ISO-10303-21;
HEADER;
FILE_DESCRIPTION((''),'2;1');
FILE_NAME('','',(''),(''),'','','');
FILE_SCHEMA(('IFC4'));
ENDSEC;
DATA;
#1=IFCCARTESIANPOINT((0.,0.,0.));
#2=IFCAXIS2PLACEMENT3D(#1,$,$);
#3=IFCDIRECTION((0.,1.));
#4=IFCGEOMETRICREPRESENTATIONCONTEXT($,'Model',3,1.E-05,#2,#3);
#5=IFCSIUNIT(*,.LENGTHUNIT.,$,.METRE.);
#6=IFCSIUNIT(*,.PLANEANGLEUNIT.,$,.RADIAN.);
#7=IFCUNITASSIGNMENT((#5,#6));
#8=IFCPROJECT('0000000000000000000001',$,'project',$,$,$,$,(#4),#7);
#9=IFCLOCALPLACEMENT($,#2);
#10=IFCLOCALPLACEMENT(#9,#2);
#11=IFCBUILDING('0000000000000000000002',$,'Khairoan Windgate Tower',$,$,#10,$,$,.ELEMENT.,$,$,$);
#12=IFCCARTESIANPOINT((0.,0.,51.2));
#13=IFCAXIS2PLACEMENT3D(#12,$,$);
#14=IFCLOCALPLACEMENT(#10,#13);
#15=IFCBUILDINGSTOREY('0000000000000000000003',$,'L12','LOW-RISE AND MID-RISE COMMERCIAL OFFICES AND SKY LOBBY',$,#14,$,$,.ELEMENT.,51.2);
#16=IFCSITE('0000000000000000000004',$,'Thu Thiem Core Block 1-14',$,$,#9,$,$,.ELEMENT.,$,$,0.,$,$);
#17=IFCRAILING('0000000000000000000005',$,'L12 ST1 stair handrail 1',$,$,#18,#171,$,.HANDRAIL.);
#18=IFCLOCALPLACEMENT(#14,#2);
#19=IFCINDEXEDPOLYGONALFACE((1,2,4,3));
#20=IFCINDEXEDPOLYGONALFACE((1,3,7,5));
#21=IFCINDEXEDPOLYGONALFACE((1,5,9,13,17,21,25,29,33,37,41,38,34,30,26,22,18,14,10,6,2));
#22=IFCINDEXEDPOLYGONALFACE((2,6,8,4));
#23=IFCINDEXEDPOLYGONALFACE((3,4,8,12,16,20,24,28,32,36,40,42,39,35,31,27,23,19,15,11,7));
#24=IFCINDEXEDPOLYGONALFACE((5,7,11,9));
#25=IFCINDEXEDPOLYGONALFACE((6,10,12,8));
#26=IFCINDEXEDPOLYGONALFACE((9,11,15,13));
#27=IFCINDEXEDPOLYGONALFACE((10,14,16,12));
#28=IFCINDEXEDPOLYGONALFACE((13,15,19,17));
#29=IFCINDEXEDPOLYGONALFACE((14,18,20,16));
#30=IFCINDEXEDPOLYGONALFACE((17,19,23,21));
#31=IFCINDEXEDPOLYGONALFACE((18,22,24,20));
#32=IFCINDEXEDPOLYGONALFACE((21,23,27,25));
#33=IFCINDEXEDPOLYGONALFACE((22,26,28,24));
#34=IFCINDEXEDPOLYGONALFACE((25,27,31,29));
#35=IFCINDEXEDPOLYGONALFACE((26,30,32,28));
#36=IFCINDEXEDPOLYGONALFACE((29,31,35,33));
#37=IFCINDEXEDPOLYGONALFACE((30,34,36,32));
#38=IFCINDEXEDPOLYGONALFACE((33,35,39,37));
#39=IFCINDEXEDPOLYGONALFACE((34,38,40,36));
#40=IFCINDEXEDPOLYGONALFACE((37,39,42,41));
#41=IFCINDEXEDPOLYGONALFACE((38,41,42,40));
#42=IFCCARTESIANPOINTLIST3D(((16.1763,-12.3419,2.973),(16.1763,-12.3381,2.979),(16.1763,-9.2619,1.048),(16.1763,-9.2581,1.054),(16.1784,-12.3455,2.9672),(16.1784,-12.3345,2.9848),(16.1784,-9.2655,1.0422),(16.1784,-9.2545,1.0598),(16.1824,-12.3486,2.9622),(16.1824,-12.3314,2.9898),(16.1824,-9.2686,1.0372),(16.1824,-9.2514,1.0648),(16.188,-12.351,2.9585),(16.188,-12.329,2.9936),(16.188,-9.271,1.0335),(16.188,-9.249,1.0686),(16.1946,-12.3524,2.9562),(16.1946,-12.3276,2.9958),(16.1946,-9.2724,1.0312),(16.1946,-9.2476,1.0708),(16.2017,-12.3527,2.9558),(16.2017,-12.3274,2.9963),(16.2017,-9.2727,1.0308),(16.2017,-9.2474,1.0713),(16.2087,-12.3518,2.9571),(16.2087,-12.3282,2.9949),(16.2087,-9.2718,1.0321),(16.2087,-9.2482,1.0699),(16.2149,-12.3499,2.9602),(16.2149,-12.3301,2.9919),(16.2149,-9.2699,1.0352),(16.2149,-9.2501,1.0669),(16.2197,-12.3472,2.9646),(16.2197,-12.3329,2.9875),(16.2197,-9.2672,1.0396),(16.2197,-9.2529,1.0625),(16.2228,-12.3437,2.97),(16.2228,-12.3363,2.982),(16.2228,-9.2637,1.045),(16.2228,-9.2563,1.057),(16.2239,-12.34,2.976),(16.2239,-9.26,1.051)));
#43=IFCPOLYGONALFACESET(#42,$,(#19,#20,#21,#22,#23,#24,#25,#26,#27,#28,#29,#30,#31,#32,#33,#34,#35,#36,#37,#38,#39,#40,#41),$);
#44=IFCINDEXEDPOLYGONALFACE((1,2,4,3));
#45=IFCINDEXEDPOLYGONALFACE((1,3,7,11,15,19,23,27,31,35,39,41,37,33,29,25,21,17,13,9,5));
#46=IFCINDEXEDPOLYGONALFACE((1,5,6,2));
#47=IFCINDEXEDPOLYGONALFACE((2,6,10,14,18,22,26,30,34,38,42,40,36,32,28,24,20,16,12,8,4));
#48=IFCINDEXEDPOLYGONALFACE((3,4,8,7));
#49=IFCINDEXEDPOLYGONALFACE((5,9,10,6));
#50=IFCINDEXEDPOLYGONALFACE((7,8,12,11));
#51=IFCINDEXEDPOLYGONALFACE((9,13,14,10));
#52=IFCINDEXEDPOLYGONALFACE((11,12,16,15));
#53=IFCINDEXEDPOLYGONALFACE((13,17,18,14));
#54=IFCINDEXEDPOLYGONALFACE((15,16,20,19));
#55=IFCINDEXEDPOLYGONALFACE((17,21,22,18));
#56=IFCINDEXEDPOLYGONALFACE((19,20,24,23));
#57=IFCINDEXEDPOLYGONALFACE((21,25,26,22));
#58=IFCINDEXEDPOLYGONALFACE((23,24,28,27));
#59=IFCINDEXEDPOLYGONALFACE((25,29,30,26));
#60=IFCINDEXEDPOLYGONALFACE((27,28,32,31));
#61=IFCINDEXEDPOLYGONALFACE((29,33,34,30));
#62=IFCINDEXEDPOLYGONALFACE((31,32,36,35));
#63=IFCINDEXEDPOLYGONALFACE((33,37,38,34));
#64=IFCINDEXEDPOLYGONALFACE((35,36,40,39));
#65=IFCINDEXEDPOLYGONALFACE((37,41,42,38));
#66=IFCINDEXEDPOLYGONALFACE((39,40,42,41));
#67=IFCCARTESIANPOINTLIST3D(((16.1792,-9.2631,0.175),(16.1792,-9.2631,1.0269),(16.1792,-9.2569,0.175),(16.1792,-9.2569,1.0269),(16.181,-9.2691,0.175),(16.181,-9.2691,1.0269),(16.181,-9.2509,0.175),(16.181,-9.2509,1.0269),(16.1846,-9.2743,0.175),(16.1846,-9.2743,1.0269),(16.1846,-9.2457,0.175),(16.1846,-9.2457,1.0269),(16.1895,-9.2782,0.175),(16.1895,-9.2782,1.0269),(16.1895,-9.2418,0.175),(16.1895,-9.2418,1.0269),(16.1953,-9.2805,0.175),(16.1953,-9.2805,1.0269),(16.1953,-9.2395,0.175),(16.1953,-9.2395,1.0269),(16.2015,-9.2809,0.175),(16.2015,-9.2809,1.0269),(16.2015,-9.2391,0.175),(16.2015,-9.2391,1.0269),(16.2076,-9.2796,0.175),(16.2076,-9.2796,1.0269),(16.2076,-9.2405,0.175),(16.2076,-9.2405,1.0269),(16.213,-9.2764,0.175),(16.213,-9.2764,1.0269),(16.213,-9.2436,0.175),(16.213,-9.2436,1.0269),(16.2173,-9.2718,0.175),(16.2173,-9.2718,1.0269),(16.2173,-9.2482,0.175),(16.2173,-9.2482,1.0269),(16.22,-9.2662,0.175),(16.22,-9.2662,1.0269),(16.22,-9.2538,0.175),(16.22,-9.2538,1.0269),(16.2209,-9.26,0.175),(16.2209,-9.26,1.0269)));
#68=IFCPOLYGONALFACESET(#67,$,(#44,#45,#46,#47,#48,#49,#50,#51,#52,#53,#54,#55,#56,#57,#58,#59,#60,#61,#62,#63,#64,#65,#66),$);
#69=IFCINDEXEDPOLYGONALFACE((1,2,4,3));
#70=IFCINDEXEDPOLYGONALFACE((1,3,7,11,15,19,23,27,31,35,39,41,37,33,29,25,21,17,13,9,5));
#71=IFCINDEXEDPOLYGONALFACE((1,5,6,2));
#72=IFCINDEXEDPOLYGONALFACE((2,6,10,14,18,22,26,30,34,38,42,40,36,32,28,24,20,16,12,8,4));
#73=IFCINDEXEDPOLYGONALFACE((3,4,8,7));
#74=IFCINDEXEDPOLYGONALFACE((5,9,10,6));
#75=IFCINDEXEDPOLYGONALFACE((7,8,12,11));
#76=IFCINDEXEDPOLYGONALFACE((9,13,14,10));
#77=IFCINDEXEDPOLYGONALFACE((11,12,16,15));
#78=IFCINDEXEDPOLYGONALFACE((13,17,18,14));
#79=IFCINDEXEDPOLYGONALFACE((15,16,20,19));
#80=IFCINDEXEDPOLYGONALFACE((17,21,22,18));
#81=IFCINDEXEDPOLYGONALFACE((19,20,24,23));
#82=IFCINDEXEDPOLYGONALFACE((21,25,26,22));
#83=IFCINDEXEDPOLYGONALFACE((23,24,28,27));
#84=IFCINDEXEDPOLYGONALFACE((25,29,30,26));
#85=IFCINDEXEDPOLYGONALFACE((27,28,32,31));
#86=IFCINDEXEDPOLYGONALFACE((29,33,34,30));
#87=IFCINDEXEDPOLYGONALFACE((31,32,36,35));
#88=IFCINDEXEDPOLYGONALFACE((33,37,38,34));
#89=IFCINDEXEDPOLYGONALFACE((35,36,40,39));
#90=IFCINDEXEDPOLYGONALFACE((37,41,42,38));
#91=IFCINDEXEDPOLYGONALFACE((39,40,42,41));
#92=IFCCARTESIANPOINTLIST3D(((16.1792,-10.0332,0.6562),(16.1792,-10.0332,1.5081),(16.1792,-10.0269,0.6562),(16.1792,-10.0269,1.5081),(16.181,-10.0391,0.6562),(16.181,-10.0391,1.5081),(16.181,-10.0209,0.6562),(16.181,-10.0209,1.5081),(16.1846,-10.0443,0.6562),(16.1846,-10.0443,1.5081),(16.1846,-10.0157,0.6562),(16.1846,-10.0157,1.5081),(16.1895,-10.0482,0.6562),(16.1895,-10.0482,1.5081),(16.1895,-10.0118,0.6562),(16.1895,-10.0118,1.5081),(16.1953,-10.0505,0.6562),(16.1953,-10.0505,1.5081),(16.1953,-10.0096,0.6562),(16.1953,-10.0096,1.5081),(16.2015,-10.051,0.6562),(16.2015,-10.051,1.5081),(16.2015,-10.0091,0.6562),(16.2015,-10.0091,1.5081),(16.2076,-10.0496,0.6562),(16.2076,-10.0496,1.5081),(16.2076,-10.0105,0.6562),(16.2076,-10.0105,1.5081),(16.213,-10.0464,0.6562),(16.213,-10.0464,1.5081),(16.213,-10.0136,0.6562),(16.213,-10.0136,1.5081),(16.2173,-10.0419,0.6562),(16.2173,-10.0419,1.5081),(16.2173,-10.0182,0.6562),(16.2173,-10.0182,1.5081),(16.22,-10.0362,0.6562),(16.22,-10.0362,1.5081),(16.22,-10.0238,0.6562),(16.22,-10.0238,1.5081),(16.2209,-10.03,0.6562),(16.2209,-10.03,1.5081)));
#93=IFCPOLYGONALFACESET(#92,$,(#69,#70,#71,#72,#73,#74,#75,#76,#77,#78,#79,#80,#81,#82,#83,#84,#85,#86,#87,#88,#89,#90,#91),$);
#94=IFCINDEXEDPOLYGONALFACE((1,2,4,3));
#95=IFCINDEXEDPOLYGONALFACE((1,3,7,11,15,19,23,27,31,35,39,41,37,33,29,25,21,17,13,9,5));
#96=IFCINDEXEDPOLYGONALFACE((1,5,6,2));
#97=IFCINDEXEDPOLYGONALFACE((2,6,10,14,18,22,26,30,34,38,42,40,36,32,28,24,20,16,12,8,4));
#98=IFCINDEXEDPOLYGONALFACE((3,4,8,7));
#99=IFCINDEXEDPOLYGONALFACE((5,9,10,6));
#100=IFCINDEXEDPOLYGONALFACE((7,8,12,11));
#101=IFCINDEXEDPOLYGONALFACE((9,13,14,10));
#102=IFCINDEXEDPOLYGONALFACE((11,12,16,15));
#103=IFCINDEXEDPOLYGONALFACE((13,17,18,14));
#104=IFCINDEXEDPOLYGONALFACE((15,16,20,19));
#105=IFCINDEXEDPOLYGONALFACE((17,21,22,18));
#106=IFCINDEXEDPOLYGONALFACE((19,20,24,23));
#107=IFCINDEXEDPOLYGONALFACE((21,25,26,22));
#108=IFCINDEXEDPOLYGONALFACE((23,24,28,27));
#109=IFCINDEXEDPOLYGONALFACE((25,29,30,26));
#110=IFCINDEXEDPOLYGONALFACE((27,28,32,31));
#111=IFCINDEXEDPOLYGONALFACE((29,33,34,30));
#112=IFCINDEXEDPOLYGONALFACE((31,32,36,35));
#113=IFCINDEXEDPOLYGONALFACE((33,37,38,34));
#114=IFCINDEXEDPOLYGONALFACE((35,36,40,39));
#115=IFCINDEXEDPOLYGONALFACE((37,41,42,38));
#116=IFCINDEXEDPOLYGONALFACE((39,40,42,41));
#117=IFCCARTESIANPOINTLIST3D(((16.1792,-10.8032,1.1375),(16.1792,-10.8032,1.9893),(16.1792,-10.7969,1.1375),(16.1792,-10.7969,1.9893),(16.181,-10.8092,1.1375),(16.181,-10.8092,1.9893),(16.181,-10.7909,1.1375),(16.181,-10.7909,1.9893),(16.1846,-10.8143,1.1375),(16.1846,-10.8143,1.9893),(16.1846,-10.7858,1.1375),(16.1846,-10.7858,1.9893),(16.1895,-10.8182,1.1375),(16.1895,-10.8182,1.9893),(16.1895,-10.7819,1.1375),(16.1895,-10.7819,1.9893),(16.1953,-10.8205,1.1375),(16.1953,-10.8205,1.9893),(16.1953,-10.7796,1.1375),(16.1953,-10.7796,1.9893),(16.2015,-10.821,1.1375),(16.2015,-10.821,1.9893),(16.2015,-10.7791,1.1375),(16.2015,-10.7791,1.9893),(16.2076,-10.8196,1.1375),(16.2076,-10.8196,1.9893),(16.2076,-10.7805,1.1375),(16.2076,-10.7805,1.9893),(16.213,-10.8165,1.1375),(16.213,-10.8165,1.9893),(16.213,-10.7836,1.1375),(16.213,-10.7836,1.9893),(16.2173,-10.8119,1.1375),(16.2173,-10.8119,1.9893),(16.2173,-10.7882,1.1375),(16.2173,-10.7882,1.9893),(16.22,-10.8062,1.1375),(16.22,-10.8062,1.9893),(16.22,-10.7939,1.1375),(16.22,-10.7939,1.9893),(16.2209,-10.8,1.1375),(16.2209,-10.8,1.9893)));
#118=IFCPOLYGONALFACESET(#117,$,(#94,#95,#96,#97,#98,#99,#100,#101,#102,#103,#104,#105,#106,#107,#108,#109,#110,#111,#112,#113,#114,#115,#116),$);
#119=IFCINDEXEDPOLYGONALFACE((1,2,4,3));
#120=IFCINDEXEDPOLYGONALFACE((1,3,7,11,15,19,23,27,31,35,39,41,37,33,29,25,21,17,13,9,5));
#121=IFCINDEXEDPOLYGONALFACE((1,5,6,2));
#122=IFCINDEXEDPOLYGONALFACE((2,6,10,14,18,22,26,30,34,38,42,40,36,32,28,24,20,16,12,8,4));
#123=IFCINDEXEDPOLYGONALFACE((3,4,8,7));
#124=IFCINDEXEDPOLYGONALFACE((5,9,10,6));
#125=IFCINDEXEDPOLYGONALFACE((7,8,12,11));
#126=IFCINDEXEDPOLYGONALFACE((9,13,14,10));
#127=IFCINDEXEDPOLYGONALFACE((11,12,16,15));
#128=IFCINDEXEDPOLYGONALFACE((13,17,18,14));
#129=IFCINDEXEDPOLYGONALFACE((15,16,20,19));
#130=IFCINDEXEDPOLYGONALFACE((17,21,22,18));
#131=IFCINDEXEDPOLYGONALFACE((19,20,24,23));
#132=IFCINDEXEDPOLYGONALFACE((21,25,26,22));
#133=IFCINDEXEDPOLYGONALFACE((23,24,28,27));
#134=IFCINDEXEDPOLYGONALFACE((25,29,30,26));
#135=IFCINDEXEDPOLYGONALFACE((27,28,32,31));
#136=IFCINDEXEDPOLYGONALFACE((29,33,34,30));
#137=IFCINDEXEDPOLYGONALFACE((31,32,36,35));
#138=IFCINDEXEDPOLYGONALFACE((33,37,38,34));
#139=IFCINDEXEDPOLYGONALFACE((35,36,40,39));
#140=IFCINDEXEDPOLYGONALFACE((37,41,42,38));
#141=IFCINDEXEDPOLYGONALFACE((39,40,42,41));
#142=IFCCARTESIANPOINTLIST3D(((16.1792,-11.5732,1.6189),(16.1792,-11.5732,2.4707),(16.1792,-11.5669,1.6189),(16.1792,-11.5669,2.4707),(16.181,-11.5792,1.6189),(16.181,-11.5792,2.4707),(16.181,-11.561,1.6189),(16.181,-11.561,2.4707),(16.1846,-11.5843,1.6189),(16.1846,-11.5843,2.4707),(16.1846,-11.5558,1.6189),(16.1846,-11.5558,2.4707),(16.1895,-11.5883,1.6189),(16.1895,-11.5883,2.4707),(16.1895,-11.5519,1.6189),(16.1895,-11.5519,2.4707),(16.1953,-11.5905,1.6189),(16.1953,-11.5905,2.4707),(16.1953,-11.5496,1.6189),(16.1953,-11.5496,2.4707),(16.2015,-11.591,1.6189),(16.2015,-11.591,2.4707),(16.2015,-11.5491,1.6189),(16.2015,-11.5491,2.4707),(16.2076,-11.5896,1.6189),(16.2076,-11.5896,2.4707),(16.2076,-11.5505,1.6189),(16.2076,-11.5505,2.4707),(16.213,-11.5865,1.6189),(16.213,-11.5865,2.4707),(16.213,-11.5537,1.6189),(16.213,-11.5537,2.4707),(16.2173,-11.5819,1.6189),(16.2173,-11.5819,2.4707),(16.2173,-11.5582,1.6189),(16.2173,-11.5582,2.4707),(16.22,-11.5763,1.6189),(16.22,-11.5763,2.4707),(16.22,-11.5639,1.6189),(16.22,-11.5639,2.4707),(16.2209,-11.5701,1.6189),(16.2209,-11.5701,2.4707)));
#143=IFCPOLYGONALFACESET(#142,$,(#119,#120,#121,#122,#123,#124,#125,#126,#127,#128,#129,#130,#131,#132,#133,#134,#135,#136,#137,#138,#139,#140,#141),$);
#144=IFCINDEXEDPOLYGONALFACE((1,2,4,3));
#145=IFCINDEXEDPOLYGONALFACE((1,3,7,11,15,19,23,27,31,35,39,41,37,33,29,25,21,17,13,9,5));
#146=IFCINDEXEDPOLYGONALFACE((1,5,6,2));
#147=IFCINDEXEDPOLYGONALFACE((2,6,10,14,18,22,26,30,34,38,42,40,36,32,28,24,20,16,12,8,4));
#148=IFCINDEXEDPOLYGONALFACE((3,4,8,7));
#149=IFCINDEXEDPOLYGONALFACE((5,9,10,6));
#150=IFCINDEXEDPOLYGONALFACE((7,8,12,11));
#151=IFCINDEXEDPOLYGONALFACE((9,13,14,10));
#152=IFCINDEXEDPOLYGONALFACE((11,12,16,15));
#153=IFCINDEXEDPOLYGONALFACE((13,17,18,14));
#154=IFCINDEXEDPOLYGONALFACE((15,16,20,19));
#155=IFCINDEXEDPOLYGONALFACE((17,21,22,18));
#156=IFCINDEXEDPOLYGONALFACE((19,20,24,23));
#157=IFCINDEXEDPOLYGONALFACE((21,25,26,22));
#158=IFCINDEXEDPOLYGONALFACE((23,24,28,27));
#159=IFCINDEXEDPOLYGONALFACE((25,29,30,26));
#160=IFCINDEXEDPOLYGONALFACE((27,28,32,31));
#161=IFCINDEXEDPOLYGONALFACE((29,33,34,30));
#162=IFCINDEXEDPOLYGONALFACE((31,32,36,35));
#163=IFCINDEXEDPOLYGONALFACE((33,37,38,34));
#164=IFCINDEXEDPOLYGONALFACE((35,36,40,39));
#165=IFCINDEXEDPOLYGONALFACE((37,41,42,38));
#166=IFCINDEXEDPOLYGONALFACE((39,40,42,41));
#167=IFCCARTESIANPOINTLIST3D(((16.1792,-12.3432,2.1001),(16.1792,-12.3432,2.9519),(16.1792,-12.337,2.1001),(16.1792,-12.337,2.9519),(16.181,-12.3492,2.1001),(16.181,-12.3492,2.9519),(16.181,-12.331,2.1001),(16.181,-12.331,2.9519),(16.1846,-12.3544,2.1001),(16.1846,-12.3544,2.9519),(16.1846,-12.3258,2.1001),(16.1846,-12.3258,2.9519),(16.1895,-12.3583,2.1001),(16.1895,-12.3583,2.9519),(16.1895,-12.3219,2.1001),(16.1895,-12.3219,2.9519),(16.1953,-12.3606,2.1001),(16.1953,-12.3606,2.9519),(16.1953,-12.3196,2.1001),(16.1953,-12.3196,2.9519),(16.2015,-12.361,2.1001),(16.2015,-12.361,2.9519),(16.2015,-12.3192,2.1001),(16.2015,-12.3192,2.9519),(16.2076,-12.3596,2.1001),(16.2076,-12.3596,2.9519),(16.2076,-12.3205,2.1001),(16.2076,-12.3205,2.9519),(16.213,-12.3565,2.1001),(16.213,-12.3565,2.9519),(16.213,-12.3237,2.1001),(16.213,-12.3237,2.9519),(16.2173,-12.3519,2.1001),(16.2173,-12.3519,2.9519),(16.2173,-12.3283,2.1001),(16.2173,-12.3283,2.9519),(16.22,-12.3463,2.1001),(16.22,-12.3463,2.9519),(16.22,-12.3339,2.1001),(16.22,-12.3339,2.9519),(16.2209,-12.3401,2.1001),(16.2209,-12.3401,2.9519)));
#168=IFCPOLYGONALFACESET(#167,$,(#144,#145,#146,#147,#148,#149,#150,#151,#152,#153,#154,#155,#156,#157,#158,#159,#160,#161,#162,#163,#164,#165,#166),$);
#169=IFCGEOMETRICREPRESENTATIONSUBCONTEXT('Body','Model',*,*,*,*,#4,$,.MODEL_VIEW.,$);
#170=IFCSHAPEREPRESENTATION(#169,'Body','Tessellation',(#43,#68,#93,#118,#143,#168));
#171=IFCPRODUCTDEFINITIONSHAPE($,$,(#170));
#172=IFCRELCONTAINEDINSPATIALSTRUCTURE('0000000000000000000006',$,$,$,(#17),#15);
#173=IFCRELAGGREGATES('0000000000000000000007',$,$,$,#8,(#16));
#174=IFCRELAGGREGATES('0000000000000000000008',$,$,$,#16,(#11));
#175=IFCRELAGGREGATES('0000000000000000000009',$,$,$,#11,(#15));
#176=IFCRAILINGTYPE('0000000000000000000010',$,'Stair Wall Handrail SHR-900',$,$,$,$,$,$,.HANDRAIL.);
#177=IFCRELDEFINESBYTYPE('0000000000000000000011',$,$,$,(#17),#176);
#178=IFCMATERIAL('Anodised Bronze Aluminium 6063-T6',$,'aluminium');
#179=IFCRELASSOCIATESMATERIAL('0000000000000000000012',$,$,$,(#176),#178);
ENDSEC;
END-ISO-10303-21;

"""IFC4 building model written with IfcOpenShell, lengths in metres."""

from ifc_helpers import new_model, si_unit, direction, frame, origin, origin_2d, place, context, subcontext, project, spatial, circle, extrude, material, type_object, element, save


model = new_model("IFC4")

# Units and contexts
model_context = context("Model", 3, precision=1e-05, world=origin(), true_north=direction((0.0, 1.0)))
body_context = subcontext(model_context, "Body", "Model", "MODEL_VIEW")
ifc_project = project(units=[si_unit("LENGTHUNIT", "METRE"), si_unit("PLANEANGLEUNIT", "RADIAN")], contexts=[model_context])

# Site, building, storey
site_placement = place(None, origin())
site = spatial("IfcSite", under=ifc_project, at=site_placement, Name="Thu Thiem Core Block 1-14", CompositionType="ELEMENT", RefElevation=0.0)
building_placement = place(site_placement, origin())
building = spatial("IfcBuilding", under=site, at=building_placement, Name="Khairoan Windgate Tower", CompositionType="ELEMENT")
storey_placement = place(building_placement, frame((0.0, 0.0, 51.2)))
storey = spatial("IfcBuildingStorey", under=building, at=storey_placement, Name="L12", Description="LOW-RISE AND MID-RISE COMMERCIAL OFFICES AND SKY LOBBY", CompositionType="ELEMENT", Elevation=51.2)

# Railing
ifc_material_1 = material(Name="Anodised Bronze Aluminium 6063-T6", Category="aluminium")
railing_type_1 = type_object("IfcRailingType", Name="Stair Wall Handrail SHR-900", PredefinedType="HANDRAIL", material=ifc_material_1)
railing_1_placement = place(storey_placement, frame((16.2, -9.26, 0.175)))
element("IfcRailing", 1, at=railing_1_placement, inside=storey, type_object=railing_type_1, Name="L12 ST1 stair handrail 1", PredefinedType="HANDRAIL", context=body_context, shape_type="SweptSolid", body=[
    extrude(circle(Radius=0.0239, at=origin_2d()), frame((0.0, 0.0, 0.876), z_axis=(0.0, -0.847998, 0.529999), x_axis=(1.0, 0.0, 0.0)), (0.0, 0.0, 1.0), 3.6321),
    extrude(circle(Radius=0.021, at=origin_2d()), origin(), (0.0, 0.0, 1.0), 0.8518),
    extrude(circle(Radius=0.021, at=origin_2d()), frame((0.0, -0.77, 0.4812)), (0.0, 0.0, 1.0), 0.8518),
    extrude(circle(Radius=0.021, at=origin_2d()), frame((0.0, -1.54, 0.9624)), (0.0, 0.0, 1.0), 0.8518),
    extrude(circle(Radius=0.021, at=origin_2d()), frame((0.0, -2.3101, 1.4438)), (0.0, 0.0, 1.0), 0.8518),
    extrude(circle(Radius=0.021, at=origin_2d()), frame((0.0, -3.0801, 1.925)), (0.0, 0.0, 1.0), 0.8518),
])

save(model, "model.ifc")
